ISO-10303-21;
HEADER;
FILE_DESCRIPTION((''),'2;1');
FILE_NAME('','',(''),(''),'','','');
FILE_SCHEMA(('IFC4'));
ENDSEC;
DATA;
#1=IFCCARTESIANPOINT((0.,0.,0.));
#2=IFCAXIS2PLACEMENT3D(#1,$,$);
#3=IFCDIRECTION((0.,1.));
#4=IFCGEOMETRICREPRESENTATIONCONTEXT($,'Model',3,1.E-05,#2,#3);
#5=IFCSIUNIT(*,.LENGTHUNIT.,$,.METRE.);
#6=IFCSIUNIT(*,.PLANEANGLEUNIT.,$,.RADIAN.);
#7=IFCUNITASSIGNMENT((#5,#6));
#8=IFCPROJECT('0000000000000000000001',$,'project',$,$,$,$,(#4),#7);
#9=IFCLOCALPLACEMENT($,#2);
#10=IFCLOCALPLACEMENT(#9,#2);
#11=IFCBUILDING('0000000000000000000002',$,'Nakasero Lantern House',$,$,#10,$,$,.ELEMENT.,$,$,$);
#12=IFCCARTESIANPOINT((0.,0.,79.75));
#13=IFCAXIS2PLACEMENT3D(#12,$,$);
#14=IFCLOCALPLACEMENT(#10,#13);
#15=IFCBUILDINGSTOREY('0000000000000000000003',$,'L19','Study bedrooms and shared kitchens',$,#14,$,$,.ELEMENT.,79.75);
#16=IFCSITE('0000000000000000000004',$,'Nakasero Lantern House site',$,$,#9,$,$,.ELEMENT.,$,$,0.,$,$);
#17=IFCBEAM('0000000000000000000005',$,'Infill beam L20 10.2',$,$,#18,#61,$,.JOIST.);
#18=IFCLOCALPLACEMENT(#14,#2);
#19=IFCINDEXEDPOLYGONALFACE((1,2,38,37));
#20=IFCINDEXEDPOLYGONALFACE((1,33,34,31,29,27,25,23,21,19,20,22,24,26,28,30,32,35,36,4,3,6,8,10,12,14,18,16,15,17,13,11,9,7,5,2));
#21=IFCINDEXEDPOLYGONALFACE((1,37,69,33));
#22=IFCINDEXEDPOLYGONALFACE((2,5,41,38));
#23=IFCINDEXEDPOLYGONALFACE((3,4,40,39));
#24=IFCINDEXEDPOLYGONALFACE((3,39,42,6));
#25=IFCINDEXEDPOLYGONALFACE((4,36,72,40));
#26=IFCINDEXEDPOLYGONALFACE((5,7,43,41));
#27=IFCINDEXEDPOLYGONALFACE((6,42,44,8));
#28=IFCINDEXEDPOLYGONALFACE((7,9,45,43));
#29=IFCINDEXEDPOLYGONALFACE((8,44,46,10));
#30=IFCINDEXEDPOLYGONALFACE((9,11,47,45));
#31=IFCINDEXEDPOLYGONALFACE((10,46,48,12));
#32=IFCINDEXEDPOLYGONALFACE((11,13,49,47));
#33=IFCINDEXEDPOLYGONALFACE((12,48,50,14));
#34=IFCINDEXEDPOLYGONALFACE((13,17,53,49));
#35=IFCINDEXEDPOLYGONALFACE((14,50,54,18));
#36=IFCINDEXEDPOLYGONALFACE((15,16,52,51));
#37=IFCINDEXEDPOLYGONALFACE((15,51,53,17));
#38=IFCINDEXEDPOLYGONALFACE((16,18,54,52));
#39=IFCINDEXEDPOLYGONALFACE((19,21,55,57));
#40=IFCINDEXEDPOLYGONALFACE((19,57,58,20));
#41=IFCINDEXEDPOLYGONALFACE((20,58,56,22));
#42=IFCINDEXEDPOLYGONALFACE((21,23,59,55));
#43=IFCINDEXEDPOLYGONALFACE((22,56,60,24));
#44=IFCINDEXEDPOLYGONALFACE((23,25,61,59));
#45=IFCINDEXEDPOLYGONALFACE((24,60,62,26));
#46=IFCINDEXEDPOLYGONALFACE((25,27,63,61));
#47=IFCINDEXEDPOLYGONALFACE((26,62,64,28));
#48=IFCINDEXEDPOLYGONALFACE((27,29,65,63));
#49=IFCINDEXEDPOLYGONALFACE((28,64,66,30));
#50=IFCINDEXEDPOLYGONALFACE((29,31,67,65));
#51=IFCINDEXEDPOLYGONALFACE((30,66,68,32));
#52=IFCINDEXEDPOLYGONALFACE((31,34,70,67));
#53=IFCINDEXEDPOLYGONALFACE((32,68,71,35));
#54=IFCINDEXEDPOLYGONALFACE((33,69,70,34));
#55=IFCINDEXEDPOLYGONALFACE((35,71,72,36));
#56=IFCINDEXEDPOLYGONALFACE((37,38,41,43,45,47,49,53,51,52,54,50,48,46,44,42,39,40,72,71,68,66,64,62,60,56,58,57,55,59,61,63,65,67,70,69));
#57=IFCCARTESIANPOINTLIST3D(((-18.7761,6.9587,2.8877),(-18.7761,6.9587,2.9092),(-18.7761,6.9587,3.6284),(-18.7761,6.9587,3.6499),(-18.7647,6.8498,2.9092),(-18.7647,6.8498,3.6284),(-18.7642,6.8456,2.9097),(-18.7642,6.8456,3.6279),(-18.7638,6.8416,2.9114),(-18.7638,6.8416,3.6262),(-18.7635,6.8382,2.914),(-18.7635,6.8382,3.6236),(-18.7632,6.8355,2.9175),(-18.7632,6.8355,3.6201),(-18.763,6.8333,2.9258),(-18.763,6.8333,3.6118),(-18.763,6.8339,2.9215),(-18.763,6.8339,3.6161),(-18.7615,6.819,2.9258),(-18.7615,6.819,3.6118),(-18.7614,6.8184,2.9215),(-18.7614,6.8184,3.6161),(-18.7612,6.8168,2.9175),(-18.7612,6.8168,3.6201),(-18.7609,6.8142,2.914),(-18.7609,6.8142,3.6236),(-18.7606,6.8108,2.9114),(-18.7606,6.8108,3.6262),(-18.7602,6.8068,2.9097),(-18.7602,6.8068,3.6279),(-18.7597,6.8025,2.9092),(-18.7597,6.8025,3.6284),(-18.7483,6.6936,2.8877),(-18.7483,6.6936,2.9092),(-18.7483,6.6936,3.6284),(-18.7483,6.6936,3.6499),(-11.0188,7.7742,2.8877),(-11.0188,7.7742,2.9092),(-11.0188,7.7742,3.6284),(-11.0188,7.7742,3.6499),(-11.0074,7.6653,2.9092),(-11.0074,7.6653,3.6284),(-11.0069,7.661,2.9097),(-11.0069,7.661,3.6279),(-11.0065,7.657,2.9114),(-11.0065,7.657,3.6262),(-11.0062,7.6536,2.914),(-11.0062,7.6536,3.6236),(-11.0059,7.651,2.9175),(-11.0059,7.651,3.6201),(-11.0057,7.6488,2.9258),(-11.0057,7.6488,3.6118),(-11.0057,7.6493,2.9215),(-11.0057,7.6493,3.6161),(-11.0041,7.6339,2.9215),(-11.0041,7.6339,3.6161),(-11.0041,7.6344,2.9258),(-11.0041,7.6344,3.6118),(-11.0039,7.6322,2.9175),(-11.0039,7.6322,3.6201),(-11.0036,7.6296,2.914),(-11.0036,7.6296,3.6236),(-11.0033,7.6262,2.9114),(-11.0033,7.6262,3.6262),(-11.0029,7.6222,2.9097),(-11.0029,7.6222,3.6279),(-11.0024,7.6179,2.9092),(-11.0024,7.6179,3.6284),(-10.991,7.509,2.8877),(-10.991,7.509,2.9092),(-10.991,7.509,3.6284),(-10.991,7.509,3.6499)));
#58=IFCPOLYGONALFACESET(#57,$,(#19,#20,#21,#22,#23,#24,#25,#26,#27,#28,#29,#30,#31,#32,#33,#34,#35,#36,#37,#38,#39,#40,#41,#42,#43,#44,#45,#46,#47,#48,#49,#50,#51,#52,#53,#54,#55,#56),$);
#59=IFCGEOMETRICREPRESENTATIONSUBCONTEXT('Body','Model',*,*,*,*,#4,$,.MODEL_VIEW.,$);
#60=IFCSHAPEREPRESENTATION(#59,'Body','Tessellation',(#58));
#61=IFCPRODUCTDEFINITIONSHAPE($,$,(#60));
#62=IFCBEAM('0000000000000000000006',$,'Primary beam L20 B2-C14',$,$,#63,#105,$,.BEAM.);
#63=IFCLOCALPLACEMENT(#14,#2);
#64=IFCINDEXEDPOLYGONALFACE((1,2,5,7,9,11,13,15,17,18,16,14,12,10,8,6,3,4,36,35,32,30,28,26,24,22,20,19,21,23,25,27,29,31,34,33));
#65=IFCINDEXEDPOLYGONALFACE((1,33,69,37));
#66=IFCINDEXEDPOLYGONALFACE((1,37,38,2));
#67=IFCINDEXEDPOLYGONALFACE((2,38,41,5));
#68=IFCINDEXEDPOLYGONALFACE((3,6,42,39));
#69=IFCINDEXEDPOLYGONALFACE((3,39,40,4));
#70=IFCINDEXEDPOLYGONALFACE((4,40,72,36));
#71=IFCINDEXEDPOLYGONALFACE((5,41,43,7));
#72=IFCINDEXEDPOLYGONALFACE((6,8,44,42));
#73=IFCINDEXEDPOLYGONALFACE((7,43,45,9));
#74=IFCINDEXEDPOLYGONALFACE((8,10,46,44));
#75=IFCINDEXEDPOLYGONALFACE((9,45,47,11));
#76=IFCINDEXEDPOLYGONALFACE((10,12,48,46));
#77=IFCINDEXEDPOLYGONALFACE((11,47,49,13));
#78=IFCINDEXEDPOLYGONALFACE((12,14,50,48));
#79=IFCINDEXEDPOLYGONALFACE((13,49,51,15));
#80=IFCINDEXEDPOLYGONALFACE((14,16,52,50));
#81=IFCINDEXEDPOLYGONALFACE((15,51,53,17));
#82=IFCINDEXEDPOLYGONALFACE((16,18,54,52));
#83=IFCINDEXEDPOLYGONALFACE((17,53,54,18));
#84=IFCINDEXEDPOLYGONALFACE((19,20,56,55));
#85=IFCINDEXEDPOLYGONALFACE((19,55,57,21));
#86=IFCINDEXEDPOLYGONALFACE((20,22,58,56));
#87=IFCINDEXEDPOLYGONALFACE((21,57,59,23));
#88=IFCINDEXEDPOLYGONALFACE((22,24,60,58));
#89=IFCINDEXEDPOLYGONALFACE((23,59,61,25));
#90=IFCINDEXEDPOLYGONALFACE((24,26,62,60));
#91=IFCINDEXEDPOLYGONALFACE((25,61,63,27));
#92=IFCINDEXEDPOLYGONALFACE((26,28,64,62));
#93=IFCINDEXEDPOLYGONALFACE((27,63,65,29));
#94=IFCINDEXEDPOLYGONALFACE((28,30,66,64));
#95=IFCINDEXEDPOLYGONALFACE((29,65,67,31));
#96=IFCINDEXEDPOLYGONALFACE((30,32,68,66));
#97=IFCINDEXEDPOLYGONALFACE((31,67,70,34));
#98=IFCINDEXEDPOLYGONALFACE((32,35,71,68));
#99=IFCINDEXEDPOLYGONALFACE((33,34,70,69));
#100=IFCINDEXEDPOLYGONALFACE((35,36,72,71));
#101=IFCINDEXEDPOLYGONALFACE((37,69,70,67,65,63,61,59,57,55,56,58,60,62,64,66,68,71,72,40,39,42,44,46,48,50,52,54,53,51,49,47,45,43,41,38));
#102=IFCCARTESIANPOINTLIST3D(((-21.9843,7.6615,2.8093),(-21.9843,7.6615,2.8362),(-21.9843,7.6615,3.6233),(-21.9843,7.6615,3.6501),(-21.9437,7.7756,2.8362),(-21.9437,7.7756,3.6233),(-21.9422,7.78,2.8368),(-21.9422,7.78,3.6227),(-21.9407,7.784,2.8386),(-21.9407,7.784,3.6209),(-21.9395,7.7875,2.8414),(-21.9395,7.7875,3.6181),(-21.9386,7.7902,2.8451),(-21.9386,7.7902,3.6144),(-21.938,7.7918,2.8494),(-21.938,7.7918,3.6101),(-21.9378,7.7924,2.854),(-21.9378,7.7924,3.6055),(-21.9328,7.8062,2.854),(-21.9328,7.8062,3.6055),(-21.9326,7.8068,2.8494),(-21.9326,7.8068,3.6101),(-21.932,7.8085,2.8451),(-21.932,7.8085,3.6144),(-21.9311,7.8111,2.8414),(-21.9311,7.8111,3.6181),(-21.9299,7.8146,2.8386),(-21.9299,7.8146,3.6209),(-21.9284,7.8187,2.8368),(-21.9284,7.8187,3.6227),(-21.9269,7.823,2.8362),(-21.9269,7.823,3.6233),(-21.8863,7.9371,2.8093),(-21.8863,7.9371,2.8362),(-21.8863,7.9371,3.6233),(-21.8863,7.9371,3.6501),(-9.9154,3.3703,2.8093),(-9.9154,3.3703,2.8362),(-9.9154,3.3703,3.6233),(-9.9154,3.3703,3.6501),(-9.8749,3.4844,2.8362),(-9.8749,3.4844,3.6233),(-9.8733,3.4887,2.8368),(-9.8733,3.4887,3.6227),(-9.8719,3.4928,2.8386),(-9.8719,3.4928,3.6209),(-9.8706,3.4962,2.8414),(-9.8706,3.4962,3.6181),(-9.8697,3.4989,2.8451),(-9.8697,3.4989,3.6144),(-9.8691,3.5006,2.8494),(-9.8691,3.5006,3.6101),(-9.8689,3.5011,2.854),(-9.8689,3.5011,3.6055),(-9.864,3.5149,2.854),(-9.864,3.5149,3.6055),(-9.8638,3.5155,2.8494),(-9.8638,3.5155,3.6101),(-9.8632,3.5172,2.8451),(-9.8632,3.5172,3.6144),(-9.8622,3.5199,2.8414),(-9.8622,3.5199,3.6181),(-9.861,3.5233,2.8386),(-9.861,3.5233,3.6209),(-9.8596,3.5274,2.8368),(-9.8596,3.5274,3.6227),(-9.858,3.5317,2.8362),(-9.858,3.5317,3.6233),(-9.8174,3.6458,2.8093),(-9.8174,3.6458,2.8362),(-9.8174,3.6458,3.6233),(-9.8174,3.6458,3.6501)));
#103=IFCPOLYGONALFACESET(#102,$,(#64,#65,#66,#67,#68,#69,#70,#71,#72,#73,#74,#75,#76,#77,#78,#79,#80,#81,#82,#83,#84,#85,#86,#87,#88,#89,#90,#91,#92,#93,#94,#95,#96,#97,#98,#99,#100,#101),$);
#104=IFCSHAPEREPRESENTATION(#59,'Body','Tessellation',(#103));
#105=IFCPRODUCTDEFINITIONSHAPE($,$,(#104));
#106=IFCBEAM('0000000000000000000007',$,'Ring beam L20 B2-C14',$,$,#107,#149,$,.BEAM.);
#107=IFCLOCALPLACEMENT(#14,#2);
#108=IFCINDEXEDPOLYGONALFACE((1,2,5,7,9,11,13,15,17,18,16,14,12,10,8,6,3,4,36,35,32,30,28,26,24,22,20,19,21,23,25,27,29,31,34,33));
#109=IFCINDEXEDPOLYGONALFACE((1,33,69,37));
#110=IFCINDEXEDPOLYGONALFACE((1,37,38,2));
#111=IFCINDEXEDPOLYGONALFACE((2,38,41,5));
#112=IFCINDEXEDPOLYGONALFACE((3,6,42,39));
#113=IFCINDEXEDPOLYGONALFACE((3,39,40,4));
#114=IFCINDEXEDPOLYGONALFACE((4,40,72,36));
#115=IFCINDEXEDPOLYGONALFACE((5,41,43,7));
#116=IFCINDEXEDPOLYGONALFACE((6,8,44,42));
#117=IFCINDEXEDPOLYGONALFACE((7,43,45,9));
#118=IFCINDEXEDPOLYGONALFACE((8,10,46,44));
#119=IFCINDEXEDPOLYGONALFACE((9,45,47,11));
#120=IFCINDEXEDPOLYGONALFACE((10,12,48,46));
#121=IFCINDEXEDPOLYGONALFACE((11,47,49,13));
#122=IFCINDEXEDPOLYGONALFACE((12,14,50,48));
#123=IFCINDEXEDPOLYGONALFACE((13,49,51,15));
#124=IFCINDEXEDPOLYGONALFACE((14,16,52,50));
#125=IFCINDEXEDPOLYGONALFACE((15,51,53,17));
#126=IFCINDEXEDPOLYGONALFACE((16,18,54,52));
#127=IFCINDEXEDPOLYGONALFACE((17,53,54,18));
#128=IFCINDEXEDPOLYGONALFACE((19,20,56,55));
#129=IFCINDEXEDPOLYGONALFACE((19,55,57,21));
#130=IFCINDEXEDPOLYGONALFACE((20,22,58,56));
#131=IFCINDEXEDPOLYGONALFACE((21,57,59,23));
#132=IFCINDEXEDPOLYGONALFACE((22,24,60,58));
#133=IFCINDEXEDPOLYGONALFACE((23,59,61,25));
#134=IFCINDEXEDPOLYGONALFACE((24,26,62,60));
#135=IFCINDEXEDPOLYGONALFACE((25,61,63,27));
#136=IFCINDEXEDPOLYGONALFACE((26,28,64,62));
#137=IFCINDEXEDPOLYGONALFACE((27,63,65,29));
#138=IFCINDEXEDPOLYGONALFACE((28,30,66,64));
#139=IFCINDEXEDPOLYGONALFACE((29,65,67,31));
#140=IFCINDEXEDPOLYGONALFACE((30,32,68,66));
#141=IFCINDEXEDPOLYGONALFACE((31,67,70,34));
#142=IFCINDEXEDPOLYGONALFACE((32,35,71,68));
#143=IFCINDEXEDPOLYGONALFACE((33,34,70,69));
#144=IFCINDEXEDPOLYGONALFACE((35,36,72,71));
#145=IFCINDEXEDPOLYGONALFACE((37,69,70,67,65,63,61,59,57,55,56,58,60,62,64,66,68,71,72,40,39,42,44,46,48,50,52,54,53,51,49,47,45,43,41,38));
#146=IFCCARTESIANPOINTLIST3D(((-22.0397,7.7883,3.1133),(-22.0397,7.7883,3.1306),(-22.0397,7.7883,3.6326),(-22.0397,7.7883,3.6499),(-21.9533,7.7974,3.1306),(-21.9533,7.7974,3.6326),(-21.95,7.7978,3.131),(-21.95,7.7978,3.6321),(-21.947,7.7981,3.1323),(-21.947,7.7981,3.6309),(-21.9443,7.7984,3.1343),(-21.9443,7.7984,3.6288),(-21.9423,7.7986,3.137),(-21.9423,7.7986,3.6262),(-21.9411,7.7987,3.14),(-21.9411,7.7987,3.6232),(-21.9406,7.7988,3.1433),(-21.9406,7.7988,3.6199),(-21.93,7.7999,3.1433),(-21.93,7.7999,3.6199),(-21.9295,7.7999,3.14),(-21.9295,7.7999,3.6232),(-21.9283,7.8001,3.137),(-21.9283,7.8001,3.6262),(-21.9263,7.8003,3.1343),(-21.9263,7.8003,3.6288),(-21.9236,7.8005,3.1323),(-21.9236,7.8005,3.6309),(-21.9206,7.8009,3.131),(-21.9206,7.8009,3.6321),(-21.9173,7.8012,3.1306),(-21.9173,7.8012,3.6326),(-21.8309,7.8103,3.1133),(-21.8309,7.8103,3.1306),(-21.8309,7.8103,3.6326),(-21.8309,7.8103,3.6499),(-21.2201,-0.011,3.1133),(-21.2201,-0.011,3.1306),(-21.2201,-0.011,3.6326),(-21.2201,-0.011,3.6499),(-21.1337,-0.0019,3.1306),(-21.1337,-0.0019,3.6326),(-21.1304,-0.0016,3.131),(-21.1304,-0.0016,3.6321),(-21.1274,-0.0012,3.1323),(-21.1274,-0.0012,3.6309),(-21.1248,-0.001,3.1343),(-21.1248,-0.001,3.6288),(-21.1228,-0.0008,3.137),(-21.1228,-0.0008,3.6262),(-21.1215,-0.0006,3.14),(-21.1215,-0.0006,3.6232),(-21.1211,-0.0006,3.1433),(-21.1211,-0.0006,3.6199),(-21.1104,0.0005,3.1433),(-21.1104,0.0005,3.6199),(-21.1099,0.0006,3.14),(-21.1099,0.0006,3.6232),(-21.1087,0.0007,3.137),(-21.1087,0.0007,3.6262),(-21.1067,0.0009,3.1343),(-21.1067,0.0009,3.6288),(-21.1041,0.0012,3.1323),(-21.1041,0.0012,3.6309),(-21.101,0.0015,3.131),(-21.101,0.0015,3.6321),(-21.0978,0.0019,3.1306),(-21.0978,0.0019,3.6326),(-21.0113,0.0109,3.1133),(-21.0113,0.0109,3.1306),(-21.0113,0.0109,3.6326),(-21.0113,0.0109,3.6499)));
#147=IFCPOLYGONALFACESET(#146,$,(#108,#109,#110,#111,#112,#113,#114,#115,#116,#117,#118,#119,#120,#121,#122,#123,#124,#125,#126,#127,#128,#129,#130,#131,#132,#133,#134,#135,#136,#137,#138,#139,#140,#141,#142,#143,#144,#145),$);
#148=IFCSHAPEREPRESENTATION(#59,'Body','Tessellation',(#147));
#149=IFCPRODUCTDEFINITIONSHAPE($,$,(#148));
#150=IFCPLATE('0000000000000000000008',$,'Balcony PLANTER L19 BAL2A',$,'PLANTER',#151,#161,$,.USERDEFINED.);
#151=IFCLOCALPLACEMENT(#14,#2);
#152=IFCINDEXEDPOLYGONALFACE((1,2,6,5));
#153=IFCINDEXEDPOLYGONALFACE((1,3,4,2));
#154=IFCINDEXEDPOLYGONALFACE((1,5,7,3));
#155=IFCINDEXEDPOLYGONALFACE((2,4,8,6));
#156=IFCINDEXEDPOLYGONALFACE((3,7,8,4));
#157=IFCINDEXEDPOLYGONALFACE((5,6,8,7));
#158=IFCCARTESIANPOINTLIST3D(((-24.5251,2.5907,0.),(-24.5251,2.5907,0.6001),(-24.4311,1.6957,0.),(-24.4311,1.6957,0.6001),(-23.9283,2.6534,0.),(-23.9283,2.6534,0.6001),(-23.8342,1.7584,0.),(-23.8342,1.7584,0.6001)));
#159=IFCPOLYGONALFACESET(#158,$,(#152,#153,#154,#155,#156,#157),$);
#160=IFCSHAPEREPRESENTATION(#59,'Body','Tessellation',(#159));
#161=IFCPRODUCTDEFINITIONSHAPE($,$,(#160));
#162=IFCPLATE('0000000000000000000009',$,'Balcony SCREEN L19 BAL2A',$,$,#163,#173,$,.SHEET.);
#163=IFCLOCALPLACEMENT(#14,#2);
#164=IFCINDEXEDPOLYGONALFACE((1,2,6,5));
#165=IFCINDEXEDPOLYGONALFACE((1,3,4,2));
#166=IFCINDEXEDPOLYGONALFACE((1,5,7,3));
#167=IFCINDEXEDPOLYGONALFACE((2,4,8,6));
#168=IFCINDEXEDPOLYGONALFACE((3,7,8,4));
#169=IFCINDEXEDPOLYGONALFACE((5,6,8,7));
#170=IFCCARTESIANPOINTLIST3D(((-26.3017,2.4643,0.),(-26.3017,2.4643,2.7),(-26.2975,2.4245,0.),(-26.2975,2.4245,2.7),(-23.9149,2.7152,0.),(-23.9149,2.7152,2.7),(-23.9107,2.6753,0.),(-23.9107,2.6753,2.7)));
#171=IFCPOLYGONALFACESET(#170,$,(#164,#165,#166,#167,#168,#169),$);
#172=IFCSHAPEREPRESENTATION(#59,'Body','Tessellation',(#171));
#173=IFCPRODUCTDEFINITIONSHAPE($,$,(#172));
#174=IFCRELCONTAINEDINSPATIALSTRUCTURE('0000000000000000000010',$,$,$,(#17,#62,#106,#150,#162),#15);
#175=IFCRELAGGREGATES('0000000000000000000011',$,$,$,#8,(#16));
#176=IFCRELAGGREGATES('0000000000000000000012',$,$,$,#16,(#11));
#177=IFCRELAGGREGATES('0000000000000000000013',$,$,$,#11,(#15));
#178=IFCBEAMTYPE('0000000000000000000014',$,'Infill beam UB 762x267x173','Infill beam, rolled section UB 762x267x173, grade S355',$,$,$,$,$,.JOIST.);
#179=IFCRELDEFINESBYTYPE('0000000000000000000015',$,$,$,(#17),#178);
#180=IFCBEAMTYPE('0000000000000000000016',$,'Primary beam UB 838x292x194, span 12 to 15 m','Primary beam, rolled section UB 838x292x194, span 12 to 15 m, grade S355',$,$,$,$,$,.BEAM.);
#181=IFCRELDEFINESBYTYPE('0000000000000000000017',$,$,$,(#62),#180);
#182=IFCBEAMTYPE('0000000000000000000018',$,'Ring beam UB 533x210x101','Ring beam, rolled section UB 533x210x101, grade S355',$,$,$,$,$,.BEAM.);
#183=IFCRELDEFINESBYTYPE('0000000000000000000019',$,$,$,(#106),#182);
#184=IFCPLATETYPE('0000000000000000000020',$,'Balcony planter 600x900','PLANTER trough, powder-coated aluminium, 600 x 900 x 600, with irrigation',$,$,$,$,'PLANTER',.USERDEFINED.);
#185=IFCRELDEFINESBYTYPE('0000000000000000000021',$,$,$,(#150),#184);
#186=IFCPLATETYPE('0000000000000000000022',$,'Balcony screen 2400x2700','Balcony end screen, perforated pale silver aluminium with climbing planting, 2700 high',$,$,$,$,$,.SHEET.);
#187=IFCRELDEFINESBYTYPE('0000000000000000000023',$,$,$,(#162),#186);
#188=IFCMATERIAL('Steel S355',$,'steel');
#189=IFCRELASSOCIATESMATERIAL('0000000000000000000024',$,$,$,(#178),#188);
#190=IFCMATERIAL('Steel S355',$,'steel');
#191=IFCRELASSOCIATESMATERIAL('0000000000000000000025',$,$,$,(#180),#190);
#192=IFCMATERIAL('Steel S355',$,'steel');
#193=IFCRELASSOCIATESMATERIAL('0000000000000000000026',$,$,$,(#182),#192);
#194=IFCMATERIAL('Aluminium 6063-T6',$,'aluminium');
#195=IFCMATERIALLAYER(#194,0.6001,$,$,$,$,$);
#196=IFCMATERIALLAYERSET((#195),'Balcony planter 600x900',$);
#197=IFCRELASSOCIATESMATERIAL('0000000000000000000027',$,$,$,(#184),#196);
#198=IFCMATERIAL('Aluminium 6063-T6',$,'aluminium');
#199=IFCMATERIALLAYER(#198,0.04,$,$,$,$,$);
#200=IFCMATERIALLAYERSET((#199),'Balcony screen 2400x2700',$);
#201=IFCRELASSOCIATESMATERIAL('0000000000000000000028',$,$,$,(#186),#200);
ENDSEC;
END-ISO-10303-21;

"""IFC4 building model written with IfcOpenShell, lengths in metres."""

from ifc_helpers import new_model, si_unit, direction, frame, origin, origin_2d, place, context, subcontext, project, spatial, rectangle, i_section, extrude, material, layer, layer_set, material_profile, profile_set, type_object, element, save


model = new_model("IFC4")

# Units and contexts
model_context = context("Model", 3, precision=1e-05, world=origin(), true_north=direction((0.0, 1.0)))
body_context = subcontext(model_context, "Body", "Model", "MODEL_VIEW")
ifc_project = project(units=[si_unit("LENGTHUNIT", "METRE"), si_unit("PLANEANGLEUNIT", "RADIAN")], contexts=[model_context])

# Site, building, storey
site_placement = place(None, origin())
site = spatial("IfcSite", under=ifc_project, at=site_placement, Name="Nakasero Lantern House site", CompositionType="ELEMENT", RefElevation=0.0)
building_placement = place(site_placement, origin())
building = spatial("IfcBuilding", under=site, at=building_placement, Name="Nakasero Lantern House", CompositionType="ELEMENT")
storey_placement = place(building_placement, frame((0.0, 0.0, 79.75)))
storey = spatial("IfcBuildingStorey", under=building, at=storey_placement, Name="L19", Description="Study bedrooms and shared kitchens", CompositionType="ELEMENT", Elevation=79.75)

# Beams
ifc_material_1 = material(Name="Steel S355", Category="steel")
ifc_material_profile_1 = material_profile(ifc_material_1, i_section(OverallWidth=0.2666, OverallDepth=0.7622, WebThickness=0.0144, FlangeThickness=0.0215, FilletRadius=0.0166, at=origin_2d()), Name="UB 762x267x173")
ifc_profile_set_1 = profile_set([ifc_material_profile_1], Name="Steel S355")
beam_type_1 = type_object("IfcBeamType", Name="Infill beam UB 762x267x173", Description="Infill beam, rolled section UB 762x267x173, grade S355", PredefinedType="JOIST", material=ifc_profile_set_1)
beam_1_placement = place(storey_placement, frame((-18.7622, 6.8262, 3.2688), z_axis=(0.994521, 0.104541, 0.0), x_axis=(-0.104541, 0.994521, 0.0)))
element("IfcBeam", 1, at=beam_1_placement, inside=storey, type_object=beam_type_1, Name="Infill beam L20 10.2", PredefinedType="JOIST", context=body_context, shape_type="SweptSolid", body=[
    extrude(i_section(OverallWidth=0.2666, OverallDepth=0.7622, WebThickness=0.0144, FlangeThickness=0.0215, FilletRadius=0.0166, at=origin_2d()), origin(), (0.0, 0.0, 1.0), 7.8),
])
ifc_material_2 = material(Name="Steel S355", Category="steel")
ifc_material_profile_2 = material_profile(ifc_material_2, i_section(OverallWidth=0.2925, OverallDepth=0.8408, WebThickness=0.0146, FlangeThickness=0.0269, FilletRadius=0.0178, at=origin_2d()), Name="UB 838x292x194")
ifc_profile_set_2 = profile_set([ifc_material_profile_2], Name="Steel S355")
beam_type_2 = type_object("IfcBeamType", Name="Primary beam UB 838x292x194, span 12 to 15 m", Description="Primary beam, rolled section UB 838x292x194, span 12 to 15 m, grade S355", PredefinedType="BEAM", material=ifc_profile_set_2)
beam_2_placement = place(storey_placement, frame((-21.9353, 7.7993, 3.2297), z_axis=(0.942212, -0.335018, 0.0), x_axis=(0.335018, 0.942212, 0.0)))
element("IfcBeam", 2, at=beam_2_placement, inside=storey, type_object=beam_type_2, Name="Primary beam L20 B2-C14", PredefinedType="BEAM", context=body_context, shape_type="SweptSolid", body=[
    extrude(i_section(OverallWidth=0.2925, OverallDepth=0.8408, WebThickness=0.0146, FlangeThickness=0.0269, FilletRadius=0.0178, at=origin_2d()), origin(), (0.0, 0.0, 1.0), 12.8091),
])
ifc_material_3 = material(Name="Steel S355", Category="steel")
ifc_material_profile_3 = material_profile(ifc_material_3, i_section(OverallWidth=0.21, OverallDepth=0.5366, WebThickness=0.0107, FlangeThickness=0.0173, FilletRadius=0.0127, at=origin_2d()), Name="UB 533x210x101")
ifc_profile_set_3 = profile_set([ifc_material_profile_3], Name="Steel S355")
beam_type_3 = type_object("IfcBeamType", Name="Ring beam UB 533x210x101", Description="Ring beam, rolled section UB 533x210x101, grade S355", PredefinedType="BEAM", material=ifc_profile_set_3)
beam_3_placement = place(storey_placement, frame((-21.9353, 7.7993, 3.3816), z_axis=(0.104508, -0.994524, 0.0), x_axis=(0.994524, 0.104508, 0.0)))
element("IfcBeam", 3, at=beam_3_placement, inside=storey, type_object=beam_type_3, Name="Ring beam L20 B2-C14", PredefinedType="BEAM", context=body_context, shape_type="SweptSolid", body=[
    extrude(i_section(OverallWidth=0.21, OverallDepth=0.5366, WebThickness=0.0107, FlangeThickness=0.0173, FilletRadius=0.0127, at=origin_2d()), origin(), (0.0, 0.0, 1.0), 7.8423),
])

# Plates
ifc_material_4 = material(Name="Aluminium 6063-T6", Category="aluminium")
ifc_layer_1 = layer(ifc_material_4, 0.6001)
ifc_layer_set_1 = layer_set([ifc_layer_1], Name="Balcony planter 600x900")
plate_type_1 = type_object("IfcPlateType", Name="Balcony planter 600x900", Description="PLANTER trough, powder-coated aluminium, 600 x 900 x 600, with irrigation", ElementType="PLANTER", PredefinedType="USERDEFINED", material=ifc_layer_set_1)
plate_1_placement = place(storey_placement, frame((-24.1797, 2.1746, 0.0), z_axis=(0.0, 0.0, 1.0), x_axis=(-0.994522, -0.104528, 0.0)))
element("IfcPlate", 4, at=plate_1_placement, inside=storey, type_object=plate_type_1, Name="Balcony PLANTER L19 BAL2A", ObjectType="PLANTER", PredefinedType="USERDEFINED", context=body_context, shape_type="SweptSolid", body=[
    extrude(rectangle(XDim=0.6001, YDim=0.8999, at=origin_2d()), origin(), (0.0, 0.0, 1.0), 0.6001),
])
ifc_material_5 = material(Name="Aluminium 6063-T6", Category="aluminium")
ifc_layer_2 = layer(ifc_material_5, 0.04)
ifc_layer_set_2 = layer_set([ifc_layer_2], Name="Balcony screen 2400x2700")
plate_type_2 = type_object("IfcPlateType", Name="Balcony screen 2400x2700", Description="Balcony end screen, perforated pale silver aluminium with climbing planting, 2700 high", PredefinedType="SHEET", material=ifc_layer_set_2)
plate_2_placement = place(storey_placement, frame((-25.1062, 2.5698, 0.0), z_axis=(0.0, 0.0, 1.0), x_axis=(-0.994522, -0.104528, 0.0)))
element("IfcPlate", 5, at=plate_2_placement, inside=storey, type_object=plate_type_2, Name="Balcony SCREEN L19 BAL2A", PredefinedType="SHEET", context=body_context, shape_type="SweptSolid", body=[
    extrude(rectangle(XDim=2.3999, YDim=0.04, at=origin_2d()), origin(), (0.0, 0.0, 1.0), 2.7),
])

save(model, "model.ifc")
